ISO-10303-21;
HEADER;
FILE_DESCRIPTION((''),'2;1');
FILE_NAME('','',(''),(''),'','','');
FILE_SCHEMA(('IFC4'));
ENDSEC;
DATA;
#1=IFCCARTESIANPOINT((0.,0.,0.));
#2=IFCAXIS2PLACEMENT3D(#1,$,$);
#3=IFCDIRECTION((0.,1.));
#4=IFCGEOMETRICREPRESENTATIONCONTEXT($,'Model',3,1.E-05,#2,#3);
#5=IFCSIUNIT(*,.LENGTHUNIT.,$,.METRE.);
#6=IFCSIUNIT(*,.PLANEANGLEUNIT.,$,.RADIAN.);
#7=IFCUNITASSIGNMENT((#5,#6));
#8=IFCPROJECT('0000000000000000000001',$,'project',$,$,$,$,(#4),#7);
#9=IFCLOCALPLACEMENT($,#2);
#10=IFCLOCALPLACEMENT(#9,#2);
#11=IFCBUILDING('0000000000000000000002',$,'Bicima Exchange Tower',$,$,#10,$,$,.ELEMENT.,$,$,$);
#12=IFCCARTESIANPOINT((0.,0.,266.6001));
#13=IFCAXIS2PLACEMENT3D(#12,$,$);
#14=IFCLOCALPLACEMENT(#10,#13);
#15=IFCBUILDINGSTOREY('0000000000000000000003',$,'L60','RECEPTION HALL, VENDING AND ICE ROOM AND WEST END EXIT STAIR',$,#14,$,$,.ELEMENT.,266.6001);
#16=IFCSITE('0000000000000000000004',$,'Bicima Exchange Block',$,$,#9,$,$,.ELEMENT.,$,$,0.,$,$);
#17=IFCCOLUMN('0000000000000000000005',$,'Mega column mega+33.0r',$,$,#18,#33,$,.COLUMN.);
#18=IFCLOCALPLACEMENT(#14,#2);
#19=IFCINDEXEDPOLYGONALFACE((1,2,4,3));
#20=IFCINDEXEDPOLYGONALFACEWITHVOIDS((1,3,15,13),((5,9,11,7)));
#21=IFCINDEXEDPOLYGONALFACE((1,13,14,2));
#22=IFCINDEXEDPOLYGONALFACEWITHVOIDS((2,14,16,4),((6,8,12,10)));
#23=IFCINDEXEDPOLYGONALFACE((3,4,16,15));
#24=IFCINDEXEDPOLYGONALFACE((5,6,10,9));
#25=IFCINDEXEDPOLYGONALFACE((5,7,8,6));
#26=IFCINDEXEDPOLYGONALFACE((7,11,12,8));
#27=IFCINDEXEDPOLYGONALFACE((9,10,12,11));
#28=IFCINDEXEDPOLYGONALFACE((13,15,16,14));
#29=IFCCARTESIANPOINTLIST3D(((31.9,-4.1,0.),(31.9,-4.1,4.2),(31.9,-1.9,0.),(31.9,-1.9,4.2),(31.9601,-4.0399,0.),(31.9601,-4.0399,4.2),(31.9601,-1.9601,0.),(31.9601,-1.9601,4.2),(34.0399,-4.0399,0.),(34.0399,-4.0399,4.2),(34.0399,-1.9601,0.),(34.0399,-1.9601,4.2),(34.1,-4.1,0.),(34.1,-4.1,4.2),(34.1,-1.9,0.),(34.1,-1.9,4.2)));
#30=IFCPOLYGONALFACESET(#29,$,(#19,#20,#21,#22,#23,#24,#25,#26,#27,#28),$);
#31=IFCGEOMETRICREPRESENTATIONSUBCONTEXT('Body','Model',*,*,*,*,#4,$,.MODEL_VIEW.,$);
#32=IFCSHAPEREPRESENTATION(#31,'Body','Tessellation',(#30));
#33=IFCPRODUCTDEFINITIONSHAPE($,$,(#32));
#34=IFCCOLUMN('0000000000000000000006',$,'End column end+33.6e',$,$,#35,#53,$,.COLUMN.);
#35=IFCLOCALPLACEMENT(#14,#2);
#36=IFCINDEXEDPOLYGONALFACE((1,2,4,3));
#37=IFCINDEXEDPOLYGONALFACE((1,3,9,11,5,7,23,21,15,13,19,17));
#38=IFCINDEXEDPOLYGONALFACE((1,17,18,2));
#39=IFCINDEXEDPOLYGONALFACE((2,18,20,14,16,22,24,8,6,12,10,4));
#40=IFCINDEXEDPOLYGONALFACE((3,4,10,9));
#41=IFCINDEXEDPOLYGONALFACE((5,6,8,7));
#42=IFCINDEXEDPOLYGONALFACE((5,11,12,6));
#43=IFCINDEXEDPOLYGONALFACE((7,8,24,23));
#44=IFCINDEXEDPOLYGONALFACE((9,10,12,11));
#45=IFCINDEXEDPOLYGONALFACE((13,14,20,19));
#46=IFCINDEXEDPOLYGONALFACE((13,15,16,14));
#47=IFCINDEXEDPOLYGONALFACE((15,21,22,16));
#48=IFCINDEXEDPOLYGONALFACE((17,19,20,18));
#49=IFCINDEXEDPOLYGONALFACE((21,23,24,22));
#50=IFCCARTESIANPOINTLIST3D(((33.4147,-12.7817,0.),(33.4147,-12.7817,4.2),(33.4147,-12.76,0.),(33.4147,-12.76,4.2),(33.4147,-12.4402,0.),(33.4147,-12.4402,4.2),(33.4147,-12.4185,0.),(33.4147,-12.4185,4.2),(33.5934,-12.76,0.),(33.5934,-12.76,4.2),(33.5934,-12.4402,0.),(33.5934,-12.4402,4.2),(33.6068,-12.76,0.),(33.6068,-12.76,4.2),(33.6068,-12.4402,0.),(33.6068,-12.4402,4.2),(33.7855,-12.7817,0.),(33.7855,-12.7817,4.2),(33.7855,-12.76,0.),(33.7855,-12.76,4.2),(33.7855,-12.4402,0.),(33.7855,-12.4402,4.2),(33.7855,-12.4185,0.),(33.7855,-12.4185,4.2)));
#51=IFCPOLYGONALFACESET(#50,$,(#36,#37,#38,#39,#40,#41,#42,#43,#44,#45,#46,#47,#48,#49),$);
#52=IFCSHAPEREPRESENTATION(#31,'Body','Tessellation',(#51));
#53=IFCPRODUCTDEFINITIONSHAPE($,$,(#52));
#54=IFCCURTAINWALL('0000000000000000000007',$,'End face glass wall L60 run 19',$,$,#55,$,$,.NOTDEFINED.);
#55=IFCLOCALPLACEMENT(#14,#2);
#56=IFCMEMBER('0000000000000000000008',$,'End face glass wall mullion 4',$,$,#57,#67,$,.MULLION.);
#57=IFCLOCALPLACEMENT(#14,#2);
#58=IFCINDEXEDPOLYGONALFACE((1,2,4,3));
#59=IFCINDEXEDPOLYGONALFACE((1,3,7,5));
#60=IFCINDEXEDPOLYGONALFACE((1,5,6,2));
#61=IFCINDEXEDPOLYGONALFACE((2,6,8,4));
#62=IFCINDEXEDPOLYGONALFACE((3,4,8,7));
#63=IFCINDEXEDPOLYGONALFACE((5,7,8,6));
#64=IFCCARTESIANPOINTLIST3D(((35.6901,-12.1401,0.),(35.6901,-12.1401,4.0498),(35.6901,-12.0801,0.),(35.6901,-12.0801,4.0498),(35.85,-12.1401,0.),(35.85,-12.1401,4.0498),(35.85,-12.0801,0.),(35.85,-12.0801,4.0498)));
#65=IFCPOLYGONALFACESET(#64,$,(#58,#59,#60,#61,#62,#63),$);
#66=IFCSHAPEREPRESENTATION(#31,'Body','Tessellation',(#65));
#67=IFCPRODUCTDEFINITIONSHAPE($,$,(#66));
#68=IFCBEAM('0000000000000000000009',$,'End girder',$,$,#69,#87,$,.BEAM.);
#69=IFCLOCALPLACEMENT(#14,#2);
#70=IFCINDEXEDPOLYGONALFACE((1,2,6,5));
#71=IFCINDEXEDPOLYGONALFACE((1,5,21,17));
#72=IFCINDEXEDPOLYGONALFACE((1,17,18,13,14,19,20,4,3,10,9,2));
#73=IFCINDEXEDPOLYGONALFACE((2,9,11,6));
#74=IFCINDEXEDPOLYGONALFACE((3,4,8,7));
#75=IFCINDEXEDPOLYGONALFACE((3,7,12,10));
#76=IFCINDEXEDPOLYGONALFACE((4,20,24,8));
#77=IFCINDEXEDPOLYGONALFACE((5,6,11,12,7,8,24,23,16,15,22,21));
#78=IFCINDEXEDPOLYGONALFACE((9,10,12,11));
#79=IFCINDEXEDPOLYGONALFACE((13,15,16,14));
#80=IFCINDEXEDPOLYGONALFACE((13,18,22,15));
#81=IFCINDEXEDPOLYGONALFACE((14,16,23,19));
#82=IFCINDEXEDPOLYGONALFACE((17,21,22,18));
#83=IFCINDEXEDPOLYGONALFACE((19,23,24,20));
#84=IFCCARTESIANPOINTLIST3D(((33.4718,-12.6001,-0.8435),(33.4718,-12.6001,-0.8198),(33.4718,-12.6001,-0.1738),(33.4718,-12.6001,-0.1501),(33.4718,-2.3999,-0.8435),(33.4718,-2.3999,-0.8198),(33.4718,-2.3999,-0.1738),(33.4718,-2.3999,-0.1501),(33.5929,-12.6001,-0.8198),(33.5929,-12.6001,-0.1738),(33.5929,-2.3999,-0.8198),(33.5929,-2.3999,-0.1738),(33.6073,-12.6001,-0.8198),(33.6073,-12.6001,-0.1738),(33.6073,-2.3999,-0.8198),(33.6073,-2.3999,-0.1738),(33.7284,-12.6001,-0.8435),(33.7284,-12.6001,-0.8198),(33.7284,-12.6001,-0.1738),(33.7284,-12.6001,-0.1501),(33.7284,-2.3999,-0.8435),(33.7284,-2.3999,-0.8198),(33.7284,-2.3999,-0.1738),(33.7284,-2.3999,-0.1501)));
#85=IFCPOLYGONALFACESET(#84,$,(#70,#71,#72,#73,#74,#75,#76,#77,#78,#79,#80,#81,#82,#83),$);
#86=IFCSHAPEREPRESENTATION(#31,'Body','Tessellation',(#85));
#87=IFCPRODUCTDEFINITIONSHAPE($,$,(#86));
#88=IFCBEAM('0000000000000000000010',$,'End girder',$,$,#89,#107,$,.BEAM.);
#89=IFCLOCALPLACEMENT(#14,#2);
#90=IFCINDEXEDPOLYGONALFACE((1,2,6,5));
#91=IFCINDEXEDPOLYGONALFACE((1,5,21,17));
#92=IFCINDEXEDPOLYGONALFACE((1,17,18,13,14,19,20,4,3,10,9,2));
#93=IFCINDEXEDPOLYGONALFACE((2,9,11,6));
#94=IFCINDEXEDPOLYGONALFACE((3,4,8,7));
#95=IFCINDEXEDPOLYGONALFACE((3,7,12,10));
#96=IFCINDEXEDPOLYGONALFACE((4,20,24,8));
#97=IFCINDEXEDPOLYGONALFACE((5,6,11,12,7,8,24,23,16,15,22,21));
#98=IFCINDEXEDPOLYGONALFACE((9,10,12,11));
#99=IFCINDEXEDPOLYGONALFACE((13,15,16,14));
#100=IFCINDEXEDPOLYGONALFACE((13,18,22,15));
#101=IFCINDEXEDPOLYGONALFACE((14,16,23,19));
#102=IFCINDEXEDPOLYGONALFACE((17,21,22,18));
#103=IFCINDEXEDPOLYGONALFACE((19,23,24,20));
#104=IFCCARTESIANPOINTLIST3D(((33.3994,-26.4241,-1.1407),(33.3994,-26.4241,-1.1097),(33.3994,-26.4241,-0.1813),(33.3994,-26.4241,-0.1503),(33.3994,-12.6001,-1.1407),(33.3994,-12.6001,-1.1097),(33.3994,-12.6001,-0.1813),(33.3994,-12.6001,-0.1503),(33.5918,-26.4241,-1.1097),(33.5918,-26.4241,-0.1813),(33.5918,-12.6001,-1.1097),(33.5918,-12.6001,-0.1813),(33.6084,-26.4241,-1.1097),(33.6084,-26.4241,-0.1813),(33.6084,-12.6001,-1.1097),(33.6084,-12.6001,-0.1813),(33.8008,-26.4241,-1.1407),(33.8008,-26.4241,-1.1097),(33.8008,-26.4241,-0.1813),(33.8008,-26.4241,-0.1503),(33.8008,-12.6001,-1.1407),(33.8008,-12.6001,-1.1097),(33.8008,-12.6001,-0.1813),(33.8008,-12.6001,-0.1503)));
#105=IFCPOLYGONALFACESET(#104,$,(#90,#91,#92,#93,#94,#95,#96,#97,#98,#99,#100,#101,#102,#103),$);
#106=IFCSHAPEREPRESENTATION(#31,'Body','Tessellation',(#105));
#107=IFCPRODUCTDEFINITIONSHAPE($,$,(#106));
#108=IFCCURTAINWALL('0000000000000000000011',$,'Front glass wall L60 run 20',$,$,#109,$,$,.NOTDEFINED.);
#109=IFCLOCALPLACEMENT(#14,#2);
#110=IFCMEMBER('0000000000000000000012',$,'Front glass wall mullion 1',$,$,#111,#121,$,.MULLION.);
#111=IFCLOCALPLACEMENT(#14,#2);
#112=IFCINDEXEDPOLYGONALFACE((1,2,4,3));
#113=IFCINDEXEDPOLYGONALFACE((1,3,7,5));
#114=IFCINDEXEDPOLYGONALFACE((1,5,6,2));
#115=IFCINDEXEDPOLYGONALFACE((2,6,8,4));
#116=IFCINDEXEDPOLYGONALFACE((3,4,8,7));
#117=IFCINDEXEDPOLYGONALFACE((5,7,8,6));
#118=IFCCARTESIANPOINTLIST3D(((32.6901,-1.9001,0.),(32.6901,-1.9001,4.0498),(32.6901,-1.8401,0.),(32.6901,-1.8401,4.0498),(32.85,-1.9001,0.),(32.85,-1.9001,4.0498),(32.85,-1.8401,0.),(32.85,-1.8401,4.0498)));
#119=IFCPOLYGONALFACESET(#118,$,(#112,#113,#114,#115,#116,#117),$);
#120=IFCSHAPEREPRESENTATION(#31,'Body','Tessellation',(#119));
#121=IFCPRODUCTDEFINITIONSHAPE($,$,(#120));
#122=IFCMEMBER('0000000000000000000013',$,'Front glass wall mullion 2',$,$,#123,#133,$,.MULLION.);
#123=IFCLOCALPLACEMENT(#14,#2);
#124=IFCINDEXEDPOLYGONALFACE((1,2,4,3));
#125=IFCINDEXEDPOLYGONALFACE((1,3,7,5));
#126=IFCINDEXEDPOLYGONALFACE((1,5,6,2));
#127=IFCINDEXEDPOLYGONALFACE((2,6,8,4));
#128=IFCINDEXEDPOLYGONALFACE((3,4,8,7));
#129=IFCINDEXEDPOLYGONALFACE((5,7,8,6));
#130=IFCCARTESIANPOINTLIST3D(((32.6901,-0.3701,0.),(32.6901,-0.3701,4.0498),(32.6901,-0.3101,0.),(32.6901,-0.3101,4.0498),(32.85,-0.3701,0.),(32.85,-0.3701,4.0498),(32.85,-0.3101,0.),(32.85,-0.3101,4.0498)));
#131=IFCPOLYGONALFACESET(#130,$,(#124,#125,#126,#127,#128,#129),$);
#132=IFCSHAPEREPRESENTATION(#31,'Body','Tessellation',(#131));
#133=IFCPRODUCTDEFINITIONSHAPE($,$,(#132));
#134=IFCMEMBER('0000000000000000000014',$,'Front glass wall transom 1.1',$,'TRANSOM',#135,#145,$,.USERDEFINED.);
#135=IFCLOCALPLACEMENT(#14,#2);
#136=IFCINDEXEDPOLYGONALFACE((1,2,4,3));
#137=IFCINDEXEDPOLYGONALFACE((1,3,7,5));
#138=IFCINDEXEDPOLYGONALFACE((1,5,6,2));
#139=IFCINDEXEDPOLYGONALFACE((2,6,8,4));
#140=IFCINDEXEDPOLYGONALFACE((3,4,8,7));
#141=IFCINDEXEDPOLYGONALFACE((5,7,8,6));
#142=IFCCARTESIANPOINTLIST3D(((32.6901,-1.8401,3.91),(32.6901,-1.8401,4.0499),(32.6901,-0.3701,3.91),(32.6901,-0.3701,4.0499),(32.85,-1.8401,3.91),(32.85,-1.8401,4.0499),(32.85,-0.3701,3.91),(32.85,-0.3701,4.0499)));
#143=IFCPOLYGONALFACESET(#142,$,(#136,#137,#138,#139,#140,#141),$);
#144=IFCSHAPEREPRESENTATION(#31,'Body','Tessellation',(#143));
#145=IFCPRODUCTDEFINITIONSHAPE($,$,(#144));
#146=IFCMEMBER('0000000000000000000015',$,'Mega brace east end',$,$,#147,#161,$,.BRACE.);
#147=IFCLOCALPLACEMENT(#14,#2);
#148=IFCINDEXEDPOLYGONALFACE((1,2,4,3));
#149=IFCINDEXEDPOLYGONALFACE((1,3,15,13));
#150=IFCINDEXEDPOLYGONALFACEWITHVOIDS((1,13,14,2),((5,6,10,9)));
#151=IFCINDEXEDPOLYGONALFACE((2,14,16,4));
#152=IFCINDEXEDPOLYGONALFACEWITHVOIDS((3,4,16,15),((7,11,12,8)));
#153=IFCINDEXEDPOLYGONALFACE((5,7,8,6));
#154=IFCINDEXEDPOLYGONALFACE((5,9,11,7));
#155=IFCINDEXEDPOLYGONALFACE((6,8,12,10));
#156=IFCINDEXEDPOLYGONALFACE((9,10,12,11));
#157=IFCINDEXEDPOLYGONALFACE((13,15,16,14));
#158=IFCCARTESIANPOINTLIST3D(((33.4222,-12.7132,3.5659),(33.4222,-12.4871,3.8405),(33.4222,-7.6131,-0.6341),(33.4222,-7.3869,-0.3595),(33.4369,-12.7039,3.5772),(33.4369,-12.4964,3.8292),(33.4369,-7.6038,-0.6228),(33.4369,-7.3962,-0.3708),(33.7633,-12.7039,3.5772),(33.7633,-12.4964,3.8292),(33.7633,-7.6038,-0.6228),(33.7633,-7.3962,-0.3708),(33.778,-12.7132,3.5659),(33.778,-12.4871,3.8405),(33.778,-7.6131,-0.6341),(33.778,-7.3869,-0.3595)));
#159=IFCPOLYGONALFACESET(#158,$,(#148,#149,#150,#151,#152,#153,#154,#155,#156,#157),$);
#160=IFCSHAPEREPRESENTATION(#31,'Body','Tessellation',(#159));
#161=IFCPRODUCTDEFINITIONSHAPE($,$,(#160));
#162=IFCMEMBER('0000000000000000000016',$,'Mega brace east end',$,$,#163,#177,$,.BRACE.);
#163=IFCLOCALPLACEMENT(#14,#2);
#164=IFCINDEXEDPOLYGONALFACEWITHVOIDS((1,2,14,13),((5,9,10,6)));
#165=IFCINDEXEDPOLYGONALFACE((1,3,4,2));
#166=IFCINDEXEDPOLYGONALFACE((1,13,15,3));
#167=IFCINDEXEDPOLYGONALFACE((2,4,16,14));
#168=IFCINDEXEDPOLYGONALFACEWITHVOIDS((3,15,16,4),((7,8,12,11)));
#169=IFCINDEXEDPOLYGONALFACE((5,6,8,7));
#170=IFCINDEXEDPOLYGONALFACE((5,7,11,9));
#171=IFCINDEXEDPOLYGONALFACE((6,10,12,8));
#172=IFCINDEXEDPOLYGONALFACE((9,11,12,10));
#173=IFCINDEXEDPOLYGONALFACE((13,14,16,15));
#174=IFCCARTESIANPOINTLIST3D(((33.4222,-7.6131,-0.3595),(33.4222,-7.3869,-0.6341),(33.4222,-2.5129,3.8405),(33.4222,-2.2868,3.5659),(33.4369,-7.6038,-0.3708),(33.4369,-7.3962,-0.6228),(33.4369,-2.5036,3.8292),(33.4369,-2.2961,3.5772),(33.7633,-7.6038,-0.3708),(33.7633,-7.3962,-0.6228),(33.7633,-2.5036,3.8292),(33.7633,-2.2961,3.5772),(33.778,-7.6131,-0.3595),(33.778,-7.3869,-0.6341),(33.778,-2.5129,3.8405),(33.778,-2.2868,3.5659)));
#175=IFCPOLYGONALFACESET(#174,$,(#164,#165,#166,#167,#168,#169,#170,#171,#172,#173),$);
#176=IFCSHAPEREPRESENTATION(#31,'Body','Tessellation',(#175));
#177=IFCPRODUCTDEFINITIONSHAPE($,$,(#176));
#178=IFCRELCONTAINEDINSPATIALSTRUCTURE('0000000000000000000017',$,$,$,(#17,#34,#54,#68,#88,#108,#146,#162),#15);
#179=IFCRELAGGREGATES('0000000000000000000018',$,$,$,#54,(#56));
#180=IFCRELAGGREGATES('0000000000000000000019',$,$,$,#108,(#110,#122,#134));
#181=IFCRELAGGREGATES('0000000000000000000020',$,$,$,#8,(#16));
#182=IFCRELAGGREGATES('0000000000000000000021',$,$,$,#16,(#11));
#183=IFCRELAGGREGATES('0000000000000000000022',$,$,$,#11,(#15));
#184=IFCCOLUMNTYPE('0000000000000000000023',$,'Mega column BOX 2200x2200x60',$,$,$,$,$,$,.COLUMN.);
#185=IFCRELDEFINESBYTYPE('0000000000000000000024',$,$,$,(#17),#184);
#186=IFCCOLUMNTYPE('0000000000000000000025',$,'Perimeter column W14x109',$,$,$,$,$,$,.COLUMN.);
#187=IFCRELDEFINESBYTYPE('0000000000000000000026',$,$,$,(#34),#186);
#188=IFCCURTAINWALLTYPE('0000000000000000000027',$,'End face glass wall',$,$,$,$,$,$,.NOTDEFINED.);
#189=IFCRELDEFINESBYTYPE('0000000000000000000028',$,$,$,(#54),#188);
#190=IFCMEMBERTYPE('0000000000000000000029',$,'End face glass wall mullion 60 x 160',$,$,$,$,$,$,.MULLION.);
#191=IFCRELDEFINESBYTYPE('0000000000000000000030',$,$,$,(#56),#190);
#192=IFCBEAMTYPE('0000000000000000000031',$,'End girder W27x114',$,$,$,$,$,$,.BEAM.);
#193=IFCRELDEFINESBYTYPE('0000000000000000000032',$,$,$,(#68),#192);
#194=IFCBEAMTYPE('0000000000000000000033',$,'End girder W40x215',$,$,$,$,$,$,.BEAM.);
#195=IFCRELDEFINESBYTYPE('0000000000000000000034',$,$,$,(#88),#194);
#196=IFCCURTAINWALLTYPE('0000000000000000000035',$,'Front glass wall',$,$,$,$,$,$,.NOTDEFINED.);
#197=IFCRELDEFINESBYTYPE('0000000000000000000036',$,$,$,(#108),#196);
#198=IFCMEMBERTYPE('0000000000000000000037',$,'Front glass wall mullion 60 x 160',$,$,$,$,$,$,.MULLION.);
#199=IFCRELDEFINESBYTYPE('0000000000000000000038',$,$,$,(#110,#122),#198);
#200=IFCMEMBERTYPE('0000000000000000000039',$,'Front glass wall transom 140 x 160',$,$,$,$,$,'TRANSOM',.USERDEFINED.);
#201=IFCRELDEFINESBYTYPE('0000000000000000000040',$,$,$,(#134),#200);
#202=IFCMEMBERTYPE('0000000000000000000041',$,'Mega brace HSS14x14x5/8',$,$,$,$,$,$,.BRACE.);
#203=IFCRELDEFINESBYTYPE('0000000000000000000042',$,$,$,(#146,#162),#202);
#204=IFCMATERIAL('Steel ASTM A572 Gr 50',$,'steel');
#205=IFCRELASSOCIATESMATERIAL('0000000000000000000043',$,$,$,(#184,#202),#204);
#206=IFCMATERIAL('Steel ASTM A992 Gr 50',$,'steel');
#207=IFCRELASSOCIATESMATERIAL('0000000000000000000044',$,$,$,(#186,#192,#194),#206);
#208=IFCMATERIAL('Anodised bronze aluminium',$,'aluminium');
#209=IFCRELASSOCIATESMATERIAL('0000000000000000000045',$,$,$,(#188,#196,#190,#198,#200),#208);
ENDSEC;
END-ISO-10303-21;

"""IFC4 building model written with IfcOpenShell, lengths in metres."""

from ifc_helpers import new_model, si_unit, direction, frame, origin, origin_2d, place, context, subcontext, project, spatial, rectangle, hollow_rectangle, i_section, extrude, material, material_profile, profile_set, type_object, element, aggregate, save


model = new_model("IFC4")

# Units and contexts
model_context = context("Model", 3, precision=1e-05, world=origin(), true_north=direction((0.0, 1.0)))
body_context = subcontext(model_context, "Body", "Model", "MODEL_VIEW")
ifc_project = project(units=[si_unit("LENGTHUNIT", "METRE"), si_unit("PLANEANGLEUNIT", "RADIAN")], contexts=[model_context])

# Site, building, storey
site_placement = place(None, origin())
site = spatial("IfcSite", under=ifc_project, at=site_placement, Name="Bicima Exchange Block", CompositionType="ELEMENT", RefElevation=0.0)
building_placement = place(site_placement, origin())
building = spatial("IfcBuilding", under=site, at=building_placement, Name="Bicima Exchange Tower", CompositionType="ELEMENT")
storey_placement = place(building_placement, frame((0.0, 0.0, 266.6001)))
storey = spatial("IfcBuildingStorey", under=building, at=storey_placement, Name="L60", Description="RECEPTION HALL, VENDING AND ICE ROOM AND WEST END EXIT STAIR", CompositionType="ELEMENT", Elevation=266.6001)

# Columns
ifc_material_1 = material(Name="Steel ASTM A572 Gr 50", Category="steel")
ifc_material_profile_1 = material_profile(ifc_material_1, hollow_rectangle(XDim=2.2, YDim=2.2, WallThickness=0.0601, at=origin_2d()))
ifc_profile_set_1 = profile_set([ifc_material_profile_1], Name="Steel ASTM A572 Gr 50")
column_type_1 = type_object("IfcColumnType", Name="Mega column BOX 2200x2200x60", PredefinedType="COLUMN", material=ifc_profile_set_1)
column_1_placement = place(storey_placement, frame((33.0, -3.0, 0.0), z_axis=(0.0, 0.0, 1.0), x_axis=(1.0, 0.0, 0.0)))
element("IfcColumn", 1, at=column_1_placement, inside=storey, type_object=column_type_1, Name="Mega column mega+33.0r", PredefinedType="COLUMN", context=body_context, shape_type="SweptSolid", body=[
    extrude(hollow_rectangle(XDim=2.2, YDim=2.2, WallThickness=0.0601, at=origin_2d()), origin(), (0.0, 0.0, 1.0), 4.2),
])
ifc_material_2 = material(Name="Steel ASTM A992 Gr 50", Category="steel")
ifc_material_profile_2 = material_profile(ifc_material_2, i_section(OverallWidth=0.3708, OverallDepth=0.3633, WebThickness=0.0134, FlangeThickness=0.0217, at=origin_2d()))
ifc_profile_set_2 = profile_set([ifc_material_profile_2], Name="Steel ASTM A992 Gr 50")
column_type_2 = type_object("IfcColumnType", Name="Perimeter column W14x109", PredefinedType="COLUMN", material=ifc_profile_set_2)
column_2_placement = place(storey_placement, frame((33.6001, -12.6001, 0.0), z_axis=(0.0, 0.0, 1.0), x_axis=(1.0, 0.0, 0.0)))
element("IfcColumn", 2, at=column_2_placement, inside=storey, type_object=column_type_2, Name="End column end+33.6e", PredefinedType="COLUMN", context=body_context, shape_type="SweptSolid", body=[
    extrude(i_section(OverallWidth=0.3708, OverallDepth=0.3633, WebThickness=0.0134, FlangeThickness=0.0217, at=origin_2d()), origin(), (0.0, 0.0, 1.0), 4.2),
])

# Curtain wall, member
ifc_material_3 = material(Name="Anodised bronze aluminium", Category="aluminium")
curtain_wall_type_1 = type_object("IfcCurtainWallType", Name="End face glass wall", PredefinedType="NOTDEFINED", material=ifc_material_3)
curtain_wall_1_placement = place(storey_placement, origin())
curtain_wall_1 = element("IfcCurtainWall", 3, at=curtain_wall_1_placement, inside=storey, type_object=curtain_wall_type_1, Name="End face glass wall L60 run 19", PredefinedType="NOTDEFINED")
ifc_material_profile_3 = material_profile(ifc_material_3, rectangle(XDim=0.1599, YDim=0.0601, at=origin_2d()))
ifc_profile_set_3 = profile_set([ifc_material_profile_3], Name="Anodised bronze aluminium")
member_type_1 = type_object("IfcMemberType", Name="End face glass wall mullion 60 x 160", PredefinedType="MULLION", material=ifc_profile_set_3)
member_1_placement = place(storey_placement, frame((35.77, -12.1101, 0.0), z_axis=(0.0, 0.0, 1.0), x_axis=(-1.0, 0.0, 0.0)))
member_1 = element("IfcMember", 4, at=member_1_placement, type_object=member_type_1, Name="End face glass wall mullion 4", PredefinedType="MULLION", context=body_context, shape_type="SweptSolid", body=[
    extrude(rectangle(XDim=0.1599, YDim=0.0601, at=origin_2d()), origin(), (0.0, 0.0, 1.0), 4.0498),
])
aggregate(curtain_wall_1, [member_1])

# Beams
ifc_material_profile_4 = material_profile(ifc_material_2, i_section(OverallWidth=0.2566, OverallDepth=0.6934, WebThickness=0.0144, FlangeThickness=0.0237, at=origin_2d()))
ifc_profile_set_4 = profile_set([ifc_material_profile_4], Name="Steel ASTM A992 Gr 50")
beam_type_1 = type_object("IfcBeamType", Name="End girder W27x114", PredefinedType="BEAM", material=ifc_profile_set_4)
beam_1_placement = place(storey_placement, frame((33.6001, -2.3999, -0.4968), z_axis=(0.0, -1.0, 0.0), x_axis=(1.0, 0.0, 0.0)))
element("IfcBeam", 5, at=beam_1_placement, inside=storey, type_object=beam_type_1, Name="End girder", PredefinedType="BEAM", context=body_context, shape_type="SweptSolid", body=[
    extrude(i_section(OverallWidth=0.2566, OverallDepth=0.6934, WebThickness=0.0144, FlangeThickness=0.0237, at=origin_2d()), origin(), (0.0, 0.0, 1.0), 10.2002),
])
ifc_material_profile_5 = material_profile(ifc_material_2, i_section(OverallWidth=0.4014, OverallDepth=0.9905, WebThickness=0.0166, FlangeThickness=0.031, at=origin_2d()))
ifc_profile_set_5 = profile_set([ifc_material_profile_5], Name="Steel ASTM A992 Gr 50")
beam_type_2 = type_object("IfcBeamType", Name="End girder W40x215", PredefinedType="BEAM", material=ifc_profile_set_5)
beam_2_placement = place(storey_placement, frame((33.6001, -12.6001, -0.6455), z_axis=(0.0, -1.0, 0.0), x_axis=(1.0, 0.0, 0.0)))
element("IfcBeam", 6, at=beam_2_placement, inside=storey, type_object=beam_type_2, Name="End girder", PredefinedType="BEAM", context=body_context, shape_type="SweptSolid", body=[
    extrude(i_section(OverallWidth=0.4014, OverallDepth=0.9905, WebThickness=0.0166, FlangeThickness=0.031, at=origin_2d()), origin(), (0.0, 0.0, 1.0), 13.824),
])

# Curtain wall, members
curtain_wall_type_2 = type_object("IfcCurtainWallType", Name="Front glass wall", PredefinedType="NOTDEFINED", material=ifc_material_3)
curtain_wall_2_placement = place(storey_placement, origin())
curtain_wall_2 = element("IfcCurtainWall", 7, at=curtain_wall_2_placement, inside=storey, type_object=curtain_wall_type_2, Name="Front glass wall L60 run 20", PredefinedType="NOTDEFINED")
member_type_2 = type_object("IfcMemberType", Name="Front glass wall mullion 60 x 160", PredefinedType="MULLION", material=ifc_profile_set_3)
member_2_placement = place(storey_placement, frame((32.77, -1.8701, 0.0), z_axis=(0.0, 0.0, 1.0), x_axis=(-1.0, 0.0, 0.0)))
member_2 = element("IfcMember", 8, at=member_2_placement, type_object=member_type_2, Name="Front glass wall mullion 1", PredefinedType="MULLION", context=body_context, shape_type="SweptSolid", body=[
    extrude(rectangle(XDim=0.1599, YDim=0.0601, at=origin_2d()), origin(), (0.0, 0.0, 1.0), 4.0498),
])
member_3_placement = place(storey_placement, frame((32.77, -0.3401, 0.0), z_axis=(0.0, 0.0, 1.0), x_axis=(-1.0, 0.0, 0.0)))
member_3 = element("IfcMember", 9, at=member_3_placement, type_object=member_type_2, Name="Front glass wall mullion 2", PredefinedType="MULLION", context=body_context, shape_type="SweptSolid", body=[
    extrude(rectangle(XDim=0.1599, YDim=0.0601, at=origin_2d()), origin(), (0.0, 0.0, 1.0), 4.0498),
])
ifc_material_profile_6 = material_profile(ifc_material_3, rectangle(XDim=0.1599, YDim=0.1399, at=origin_2d()))
ifc_profile_set_6 = profile_set([ifc_material_profile_6], Name="Anodised bronze aluminium")
member_type_3 = type_object("IfcMemberType", Name="Front glass wall transom 140 x 160", ElementType="TRANSOM", PredefinedType="USERDEFINED", material=ifc_profile_set_6)
member_4_placement = place(storey_placement, frame((32.77, -1.8401, 3.98), z_axis=(0.0, 1.0, 0.0), x_axis=(-1.0, 0.0, 0.0)))
member_4 = element("IfcMember", 10, at=member_4_placement, type_object=member_type_3, Name="Front glass wall transom 1.1", ObjectType="TRANSOM", PredefinedType="USERDEFINED", context=body_context, shape_type="SweptSolid", body=[
    extrude(rectangle(XDim=0.1599, YDim=0.1399, at=origin_2d()), origin(), (0.0, 0.0, 1.0), 1.47),
])

# Members
ifc_material_profile_7 = material_profile(ifc_material_1, hollow_rectangle(XDim=0.3557, YDim=0.3557, WallThickness=0.0146, at=origin_2d()))
ifc_profile_set_7 = profile_set([ifc_material_profile_7], Name="Steel ASTM A572 Gr 50")
member_type_4 = type_object("IfcMemberType", Name="Mega brace HSS14x14x5/8", PredefinedType="BRACE", material=ifc_profile_set_7)
for number, where, z_axis, x_axis, name in (
    (11, (33.6001, -7.5, -0.4968), (0.0, -0.77194, 0.635696), (1.0, 0.0, 0.0), "Mega brace east end"),
    (12, (33.6001, -7.5, -0.4968), (0.0, 0.77194, 0.635696), (-1.0, 0.0, 0.0), "Mega brace east end"),
):
    element("IfcMember", number, at=place(storey_placement, frame(where, z_axis=z_axis, x_axis=x_axis)), inside=storey, type_object=member_type_4, Name=name, PredefinedType="BRACE", context=body_context, shape_type="SweptSolid", body=[
        extrude(hollow_rectangle(XDim=0.3557, YDim=0.3557, WallThickness=0.0146, at=origin_2d()), origin(), (0.0, 0.0, 1.0), 6.6069),
    ])

aggregate(curtain_wall_2, [member_2, member_3, member_4])

save(model, "model.ifc")
